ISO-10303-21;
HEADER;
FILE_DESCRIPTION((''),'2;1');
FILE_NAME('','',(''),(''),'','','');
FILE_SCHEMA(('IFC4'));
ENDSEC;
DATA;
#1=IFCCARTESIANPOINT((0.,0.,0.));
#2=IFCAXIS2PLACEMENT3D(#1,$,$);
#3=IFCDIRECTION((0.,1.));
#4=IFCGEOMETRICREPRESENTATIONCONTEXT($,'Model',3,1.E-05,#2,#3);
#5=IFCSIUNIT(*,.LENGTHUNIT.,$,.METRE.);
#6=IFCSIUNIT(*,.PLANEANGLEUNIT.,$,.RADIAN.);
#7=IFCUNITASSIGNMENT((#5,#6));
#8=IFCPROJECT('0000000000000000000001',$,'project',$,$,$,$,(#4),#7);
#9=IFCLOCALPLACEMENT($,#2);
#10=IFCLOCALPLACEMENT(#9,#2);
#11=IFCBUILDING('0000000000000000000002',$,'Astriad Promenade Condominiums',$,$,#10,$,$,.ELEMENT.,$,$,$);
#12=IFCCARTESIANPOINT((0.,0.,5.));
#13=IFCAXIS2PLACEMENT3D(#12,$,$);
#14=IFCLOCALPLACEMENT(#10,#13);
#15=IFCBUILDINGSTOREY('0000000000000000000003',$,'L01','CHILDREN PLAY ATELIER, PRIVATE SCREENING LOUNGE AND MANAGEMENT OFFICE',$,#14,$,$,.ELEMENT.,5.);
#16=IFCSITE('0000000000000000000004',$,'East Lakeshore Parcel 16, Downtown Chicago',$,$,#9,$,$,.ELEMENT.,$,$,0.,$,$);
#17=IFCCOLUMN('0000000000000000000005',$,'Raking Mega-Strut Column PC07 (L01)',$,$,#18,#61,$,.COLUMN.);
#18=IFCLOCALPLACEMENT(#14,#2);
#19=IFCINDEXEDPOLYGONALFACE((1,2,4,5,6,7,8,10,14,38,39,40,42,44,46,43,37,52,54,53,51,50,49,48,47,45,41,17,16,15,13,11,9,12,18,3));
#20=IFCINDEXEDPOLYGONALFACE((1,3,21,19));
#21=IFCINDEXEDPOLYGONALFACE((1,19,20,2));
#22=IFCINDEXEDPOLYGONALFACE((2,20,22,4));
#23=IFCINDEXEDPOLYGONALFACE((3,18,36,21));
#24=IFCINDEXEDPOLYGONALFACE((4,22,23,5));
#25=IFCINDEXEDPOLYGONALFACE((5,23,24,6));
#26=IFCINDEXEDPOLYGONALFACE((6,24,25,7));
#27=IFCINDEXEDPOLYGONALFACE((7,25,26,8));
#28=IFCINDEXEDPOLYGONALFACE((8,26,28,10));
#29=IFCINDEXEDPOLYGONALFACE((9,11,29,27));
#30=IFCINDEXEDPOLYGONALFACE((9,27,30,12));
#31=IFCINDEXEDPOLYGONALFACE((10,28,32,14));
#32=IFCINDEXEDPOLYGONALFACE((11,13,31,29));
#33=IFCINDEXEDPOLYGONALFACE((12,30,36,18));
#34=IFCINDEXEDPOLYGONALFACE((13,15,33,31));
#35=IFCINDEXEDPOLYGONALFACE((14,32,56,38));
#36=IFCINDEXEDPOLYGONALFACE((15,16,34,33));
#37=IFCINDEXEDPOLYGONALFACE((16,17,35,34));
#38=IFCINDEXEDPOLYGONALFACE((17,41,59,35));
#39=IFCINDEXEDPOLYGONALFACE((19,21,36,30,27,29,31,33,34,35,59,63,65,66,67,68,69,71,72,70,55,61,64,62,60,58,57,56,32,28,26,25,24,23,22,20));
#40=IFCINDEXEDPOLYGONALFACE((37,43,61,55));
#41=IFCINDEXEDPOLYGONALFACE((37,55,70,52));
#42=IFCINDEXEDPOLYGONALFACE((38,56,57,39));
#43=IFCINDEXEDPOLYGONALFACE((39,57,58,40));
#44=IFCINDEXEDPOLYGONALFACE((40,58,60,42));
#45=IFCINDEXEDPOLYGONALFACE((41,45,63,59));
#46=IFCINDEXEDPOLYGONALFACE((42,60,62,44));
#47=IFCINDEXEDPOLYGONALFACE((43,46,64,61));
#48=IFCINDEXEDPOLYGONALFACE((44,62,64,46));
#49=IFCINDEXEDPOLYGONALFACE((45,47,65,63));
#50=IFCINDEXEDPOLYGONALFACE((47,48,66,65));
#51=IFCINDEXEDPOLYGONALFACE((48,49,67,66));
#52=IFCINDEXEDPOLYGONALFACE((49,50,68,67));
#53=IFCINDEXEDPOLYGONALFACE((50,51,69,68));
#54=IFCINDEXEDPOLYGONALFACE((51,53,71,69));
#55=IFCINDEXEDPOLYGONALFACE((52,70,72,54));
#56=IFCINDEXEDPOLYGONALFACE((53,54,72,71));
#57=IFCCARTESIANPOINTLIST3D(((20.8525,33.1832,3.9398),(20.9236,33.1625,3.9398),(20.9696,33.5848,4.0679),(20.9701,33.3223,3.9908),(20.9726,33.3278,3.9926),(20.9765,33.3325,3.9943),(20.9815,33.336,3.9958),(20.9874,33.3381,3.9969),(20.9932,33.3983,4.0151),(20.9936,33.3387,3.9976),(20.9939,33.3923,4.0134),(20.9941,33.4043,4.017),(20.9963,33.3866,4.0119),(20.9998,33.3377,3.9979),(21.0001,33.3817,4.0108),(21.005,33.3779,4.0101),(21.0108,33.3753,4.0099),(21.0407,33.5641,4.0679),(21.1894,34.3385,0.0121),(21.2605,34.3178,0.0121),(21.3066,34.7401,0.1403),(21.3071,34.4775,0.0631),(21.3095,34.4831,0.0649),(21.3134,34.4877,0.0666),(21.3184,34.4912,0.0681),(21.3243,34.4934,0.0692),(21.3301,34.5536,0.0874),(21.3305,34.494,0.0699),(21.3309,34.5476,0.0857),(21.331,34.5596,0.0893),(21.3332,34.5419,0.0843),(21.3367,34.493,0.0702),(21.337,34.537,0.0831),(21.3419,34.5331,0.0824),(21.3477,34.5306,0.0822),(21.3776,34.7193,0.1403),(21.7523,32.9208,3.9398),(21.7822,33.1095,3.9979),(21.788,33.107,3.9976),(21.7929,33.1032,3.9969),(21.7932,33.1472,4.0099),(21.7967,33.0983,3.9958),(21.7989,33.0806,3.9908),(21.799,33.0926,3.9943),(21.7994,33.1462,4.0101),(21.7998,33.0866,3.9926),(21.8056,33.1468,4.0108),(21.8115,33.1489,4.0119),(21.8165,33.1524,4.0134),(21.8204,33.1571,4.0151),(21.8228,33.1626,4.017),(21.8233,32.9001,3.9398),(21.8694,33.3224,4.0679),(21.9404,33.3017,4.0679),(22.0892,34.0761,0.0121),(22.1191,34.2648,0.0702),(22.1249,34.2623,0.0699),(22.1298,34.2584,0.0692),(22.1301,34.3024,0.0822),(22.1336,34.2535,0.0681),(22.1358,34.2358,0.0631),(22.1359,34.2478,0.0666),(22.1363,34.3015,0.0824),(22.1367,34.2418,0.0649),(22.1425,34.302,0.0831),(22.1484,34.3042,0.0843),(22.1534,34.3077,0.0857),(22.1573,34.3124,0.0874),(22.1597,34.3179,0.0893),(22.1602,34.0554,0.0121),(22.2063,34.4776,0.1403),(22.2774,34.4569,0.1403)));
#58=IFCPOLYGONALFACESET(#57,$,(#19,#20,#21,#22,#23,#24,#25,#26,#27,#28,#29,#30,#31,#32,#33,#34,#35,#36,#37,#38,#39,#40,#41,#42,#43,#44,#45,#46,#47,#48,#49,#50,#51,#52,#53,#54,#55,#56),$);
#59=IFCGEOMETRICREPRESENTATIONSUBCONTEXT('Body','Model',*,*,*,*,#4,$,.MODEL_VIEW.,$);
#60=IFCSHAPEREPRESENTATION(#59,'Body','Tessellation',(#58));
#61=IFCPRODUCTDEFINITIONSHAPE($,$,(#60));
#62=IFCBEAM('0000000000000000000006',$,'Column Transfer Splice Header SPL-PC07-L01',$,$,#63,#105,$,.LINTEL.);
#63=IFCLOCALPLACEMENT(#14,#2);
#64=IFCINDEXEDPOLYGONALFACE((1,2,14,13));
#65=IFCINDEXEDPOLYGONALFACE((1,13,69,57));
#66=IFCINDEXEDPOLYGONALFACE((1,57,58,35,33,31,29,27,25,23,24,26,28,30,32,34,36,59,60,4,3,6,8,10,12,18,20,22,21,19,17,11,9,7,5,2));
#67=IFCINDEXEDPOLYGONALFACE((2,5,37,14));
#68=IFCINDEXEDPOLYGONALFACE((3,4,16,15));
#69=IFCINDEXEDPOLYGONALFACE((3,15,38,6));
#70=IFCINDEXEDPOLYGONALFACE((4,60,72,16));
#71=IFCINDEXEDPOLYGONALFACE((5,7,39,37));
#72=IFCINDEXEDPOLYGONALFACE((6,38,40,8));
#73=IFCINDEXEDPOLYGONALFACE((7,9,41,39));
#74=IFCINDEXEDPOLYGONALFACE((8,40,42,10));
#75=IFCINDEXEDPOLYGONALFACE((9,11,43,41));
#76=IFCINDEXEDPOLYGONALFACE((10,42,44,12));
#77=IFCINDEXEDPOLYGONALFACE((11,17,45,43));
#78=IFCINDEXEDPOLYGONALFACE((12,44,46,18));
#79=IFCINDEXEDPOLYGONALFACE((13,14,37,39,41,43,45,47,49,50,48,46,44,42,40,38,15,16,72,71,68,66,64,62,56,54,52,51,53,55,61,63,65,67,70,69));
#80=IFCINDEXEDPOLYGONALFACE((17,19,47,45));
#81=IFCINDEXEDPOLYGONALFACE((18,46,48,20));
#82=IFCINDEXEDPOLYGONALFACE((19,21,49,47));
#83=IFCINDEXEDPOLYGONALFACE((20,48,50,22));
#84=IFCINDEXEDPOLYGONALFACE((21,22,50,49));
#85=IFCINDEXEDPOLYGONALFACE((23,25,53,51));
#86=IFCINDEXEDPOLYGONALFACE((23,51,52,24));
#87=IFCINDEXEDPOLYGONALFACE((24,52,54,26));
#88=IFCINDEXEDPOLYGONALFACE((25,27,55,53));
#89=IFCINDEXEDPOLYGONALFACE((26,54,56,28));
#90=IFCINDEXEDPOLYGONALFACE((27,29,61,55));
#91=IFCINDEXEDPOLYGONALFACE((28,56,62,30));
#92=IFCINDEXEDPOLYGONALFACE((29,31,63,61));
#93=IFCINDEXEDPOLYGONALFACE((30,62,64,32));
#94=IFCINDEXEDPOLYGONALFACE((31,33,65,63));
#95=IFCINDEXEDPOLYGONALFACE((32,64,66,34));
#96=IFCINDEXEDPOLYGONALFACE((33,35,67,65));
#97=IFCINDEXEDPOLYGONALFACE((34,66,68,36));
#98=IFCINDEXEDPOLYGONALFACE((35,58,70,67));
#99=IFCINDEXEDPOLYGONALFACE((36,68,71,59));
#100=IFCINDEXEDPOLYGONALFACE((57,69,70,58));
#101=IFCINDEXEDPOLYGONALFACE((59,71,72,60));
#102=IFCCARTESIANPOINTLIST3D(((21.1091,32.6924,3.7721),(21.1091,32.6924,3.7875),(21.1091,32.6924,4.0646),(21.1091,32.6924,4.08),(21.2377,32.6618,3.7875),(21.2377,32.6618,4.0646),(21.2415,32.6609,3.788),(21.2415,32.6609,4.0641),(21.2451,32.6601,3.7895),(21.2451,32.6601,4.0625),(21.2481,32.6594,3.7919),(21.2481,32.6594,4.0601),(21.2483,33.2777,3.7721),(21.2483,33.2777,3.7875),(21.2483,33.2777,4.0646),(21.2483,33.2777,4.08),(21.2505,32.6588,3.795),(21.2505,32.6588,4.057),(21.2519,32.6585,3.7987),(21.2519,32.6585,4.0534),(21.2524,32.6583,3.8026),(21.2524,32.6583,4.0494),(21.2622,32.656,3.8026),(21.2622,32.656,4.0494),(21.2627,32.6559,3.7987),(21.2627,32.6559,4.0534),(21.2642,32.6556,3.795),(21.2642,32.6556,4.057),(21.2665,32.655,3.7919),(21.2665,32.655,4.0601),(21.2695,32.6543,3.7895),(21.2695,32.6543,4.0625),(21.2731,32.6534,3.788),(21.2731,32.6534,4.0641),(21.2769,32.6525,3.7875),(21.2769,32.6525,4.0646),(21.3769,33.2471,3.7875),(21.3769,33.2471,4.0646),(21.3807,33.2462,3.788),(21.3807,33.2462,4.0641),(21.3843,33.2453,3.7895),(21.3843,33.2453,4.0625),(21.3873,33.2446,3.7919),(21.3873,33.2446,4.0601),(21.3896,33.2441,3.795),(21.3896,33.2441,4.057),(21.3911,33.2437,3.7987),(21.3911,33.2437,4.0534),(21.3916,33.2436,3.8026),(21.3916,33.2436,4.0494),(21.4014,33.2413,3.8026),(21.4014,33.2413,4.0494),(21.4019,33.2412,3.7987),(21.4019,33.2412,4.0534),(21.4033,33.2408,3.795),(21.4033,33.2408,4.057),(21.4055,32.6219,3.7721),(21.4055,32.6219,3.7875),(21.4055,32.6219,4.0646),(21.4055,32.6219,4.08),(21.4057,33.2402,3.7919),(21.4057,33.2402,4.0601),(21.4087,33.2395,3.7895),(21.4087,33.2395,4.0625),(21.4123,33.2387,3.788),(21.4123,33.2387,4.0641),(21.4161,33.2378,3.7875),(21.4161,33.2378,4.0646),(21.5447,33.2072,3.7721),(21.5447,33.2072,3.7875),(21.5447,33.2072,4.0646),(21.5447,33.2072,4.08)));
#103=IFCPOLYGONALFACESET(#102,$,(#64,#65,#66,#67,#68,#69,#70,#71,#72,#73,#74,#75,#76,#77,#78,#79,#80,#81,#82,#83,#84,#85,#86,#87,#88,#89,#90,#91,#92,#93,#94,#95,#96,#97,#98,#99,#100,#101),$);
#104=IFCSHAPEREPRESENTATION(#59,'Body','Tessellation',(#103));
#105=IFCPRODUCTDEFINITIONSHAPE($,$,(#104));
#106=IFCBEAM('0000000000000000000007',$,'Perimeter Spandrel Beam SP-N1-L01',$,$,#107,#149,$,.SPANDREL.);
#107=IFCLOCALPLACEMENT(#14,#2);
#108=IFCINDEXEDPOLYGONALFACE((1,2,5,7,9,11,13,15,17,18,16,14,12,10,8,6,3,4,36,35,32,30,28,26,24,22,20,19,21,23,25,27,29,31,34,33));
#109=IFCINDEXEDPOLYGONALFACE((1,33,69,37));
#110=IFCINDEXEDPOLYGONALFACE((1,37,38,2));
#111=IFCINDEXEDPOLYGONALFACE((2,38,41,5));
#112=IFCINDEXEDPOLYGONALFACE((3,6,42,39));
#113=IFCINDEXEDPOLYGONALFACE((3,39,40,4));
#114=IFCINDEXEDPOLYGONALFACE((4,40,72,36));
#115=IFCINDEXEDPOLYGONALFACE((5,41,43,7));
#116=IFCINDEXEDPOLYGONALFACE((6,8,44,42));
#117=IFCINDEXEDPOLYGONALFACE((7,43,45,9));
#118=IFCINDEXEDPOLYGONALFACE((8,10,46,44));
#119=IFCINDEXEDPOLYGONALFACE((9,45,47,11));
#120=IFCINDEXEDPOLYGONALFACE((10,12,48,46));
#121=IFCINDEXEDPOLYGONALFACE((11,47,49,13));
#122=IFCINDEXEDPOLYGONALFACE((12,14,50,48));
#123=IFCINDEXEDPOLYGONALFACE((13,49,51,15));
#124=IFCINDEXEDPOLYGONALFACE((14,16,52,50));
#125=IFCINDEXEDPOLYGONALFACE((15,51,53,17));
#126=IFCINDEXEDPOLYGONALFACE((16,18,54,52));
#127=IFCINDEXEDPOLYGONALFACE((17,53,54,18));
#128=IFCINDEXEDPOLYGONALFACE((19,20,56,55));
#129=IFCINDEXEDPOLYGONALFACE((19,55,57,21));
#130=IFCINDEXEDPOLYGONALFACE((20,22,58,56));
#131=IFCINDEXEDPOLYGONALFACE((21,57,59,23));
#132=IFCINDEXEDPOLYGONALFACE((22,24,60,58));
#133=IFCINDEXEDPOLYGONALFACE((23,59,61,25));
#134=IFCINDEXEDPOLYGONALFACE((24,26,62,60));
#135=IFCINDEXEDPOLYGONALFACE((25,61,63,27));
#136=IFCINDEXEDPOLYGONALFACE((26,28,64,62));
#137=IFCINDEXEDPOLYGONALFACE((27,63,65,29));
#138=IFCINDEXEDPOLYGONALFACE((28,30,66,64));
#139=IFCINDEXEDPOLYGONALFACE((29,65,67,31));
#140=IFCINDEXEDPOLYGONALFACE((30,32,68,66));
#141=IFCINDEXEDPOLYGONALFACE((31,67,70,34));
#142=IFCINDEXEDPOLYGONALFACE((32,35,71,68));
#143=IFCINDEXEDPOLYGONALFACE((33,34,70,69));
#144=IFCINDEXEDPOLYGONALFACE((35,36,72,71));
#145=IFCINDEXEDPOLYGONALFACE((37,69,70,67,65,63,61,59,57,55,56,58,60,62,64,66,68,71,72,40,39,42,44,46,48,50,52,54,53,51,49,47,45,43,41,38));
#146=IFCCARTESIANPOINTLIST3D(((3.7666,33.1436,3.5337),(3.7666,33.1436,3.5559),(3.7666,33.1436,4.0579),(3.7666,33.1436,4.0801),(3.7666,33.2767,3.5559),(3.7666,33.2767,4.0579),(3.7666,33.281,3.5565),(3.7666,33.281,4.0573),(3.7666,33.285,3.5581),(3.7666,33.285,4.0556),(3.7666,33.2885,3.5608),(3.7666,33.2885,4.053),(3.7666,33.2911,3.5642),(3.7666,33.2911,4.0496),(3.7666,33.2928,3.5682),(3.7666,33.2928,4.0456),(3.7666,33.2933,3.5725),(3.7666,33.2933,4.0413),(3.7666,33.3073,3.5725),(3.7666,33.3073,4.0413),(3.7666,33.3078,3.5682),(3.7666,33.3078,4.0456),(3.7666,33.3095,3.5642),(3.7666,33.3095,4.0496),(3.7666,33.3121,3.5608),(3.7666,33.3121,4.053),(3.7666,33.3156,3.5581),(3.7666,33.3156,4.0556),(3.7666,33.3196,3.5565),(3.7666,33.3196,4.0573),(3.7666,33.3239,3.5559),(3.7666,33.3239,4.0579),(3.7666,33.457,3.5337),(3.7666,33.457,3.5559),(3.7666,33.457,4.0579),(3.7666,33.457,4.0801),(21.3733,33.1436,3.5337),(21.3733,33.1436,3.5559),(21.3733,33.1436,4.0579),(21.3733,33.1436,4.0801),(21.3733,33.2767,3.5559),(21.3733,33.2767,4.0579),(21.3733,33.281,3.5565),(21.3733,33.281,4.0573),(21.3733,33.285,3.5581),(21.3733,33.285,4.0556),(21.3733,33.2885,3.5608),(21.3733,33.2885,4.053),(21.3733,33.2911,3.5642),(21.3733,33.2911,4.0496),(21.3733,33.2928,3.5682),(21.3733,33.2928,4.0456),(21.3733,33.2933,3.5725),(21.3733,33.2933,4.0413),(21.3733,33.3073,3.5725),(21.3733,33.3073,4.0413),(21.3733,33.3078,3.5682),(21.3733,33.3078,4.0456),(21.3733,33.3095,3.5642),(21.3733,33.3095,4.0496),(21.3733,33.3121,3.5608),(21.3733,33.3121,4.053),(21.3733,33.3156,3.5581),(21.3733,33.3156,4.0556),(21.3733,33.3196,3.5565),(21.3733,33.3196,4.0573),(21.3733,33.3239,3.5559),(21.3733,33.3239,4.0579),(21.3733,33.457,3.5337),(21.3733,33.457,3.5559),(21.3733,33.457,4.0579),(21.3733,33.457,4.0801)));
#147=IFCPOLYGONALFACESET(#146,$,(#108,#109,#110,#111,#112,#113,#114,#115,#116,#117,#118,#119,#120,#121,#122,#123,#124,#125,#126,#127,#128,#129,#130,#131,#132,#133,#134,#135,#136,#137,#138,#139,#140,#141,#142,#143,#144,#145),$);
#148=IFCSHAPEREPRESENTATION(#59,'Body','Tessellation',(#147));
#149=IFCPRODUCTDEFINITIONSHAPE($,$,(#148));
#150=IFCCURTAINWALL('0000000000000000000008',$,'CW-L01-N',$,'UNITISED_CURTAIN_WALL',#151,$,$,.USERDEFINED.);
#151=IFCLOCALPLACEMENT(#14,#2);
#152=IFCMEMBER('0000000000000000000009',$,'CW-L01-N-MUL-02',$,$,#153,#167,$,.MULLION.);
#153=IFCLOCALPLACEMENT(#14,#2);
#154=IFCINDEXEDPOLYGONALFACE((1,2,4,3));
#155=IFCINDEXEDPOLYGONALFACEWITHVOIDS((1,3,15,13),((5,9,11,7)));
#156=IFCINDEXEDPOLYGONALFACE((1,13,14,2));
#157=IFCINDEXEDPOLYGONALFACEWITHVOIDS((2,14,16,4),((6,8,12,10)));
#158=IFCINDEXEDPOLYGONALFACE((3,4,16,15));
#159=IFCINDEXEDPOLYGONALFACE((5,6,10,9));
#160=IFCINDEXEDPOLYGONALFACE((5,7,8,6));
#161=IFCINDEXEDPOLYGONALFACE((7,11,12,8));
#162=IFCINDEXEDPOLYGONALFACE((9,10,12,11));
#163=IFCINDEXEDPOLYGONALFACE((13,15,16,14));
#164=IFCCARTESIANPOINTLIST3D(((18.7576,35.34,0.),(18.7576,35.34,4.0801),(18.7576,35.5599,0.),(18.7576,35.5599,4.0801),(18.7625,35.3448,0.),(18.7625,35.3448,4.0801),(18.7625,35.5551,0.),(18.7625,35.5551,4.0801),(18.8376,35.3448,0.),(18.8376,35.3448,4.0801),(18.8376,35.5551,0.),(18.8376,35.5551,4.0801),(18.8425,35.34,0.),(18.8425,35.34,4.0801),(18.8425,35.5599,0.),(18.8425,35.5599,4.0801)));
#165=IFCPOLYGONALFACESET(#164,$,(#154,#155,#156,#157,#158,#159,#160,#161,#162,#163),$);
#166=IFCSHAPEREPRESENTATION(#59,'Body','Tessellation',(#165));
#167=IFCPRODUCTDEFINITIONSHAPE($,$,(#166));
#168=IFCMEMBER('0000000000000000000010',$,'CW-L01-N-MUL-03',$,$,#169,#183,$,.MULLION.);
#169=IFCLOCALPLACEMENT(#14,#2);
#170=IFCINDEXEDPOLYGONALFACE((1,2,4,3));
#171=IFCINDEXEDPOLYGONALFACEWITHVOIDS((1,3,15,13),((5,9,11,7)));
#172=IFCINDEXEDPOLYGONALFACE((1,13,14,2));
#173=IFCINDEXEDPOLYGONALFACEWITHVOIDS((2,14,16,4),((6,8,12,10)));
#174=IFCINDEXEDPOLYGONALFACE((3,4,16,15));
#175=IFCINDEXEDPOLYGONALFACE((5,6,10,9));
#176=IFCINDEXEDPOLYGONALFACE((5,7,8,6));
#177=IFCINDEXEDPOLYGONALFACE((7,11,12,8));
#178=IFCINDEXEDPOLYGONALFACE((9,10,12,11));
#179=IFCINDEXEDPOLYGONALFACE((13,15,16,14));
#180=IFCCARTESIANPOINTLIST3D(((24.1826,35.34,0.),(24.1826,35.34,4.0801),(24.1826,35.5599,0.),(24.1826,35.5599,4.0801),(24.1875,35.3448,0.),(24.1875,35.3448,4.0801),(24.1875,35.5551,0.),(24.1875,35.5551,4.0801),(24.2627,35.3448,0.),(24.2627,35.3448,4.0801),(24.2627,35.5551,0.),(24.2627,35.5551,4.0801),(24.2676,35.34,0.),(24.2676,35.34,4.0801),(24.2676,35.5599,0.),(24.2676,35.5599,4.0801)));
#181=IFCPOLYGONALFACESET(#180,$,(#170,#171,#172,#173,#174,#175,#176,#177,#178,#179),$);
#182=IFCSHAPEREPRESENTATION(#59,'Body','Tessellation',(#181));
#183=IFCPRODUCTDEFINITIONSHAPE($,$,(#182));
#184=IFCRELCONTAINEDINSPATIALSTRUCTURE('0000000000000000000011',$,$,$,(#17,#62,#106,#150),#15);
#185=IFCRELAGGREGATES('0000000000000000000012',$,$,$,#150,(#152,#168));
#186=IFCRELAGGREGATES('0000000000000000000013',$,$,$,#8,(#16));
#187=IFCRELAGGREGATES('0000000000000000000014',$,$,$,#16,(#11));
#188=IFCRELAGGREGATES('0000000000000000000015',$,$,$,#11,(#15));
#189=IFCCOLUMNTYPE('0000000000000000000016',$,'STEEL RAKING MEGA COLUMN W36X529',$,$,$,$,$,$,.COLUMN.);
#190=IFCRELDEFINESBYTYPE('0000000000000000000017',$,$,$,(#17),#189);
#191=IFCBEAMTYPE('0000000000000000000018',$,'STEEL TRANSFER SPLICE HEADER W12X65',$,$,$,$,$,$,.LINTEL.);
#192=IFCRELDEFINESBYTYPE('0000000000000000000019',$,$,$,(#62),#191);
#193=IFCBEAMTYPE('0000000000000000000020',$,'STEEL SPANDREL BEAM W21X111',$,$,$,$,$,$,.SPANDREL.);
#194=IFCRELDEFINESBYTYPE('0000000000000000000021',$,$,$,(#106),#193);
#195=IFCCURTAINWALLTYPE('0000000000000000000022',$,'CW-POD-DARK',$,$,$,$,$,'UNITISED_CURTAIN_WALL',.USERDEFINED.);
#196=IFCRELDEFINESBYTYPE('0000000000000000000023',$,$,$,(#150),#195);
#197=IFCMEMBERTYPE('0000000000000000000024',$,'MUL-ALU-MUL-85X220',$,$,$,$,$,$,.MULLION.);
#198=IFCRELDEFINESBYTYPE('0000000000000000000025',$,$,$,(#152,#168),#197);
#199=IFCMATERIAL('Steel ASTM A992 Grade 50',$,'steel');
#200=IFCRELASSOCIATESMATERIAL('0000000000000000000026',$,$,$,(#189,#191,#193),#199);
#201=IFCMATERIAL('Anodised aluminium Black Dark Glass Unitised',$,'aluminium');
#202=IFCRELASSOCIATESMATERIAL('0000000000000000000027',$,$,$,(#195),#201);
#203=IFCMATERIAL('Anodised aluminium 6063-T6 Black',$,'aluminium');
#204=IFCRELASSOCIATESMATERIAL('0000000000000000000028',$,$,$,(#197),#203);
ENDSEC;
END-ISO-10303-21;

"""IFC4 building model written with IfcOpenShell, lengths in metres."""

from ifc_helpers import new_model, si_unit, direction, frame, origin, origin_2d, place, context, subcontext, project, spatial, hollow_rectangle, i_section, extrude, source, transform, mapped, material, material_profile, profile_set, type_object, type_shapes, element, aggregate, save


model = new_model("IFC4")

# Units and contexts
model_context = context("Model", 3, precision=1e-05, world=origin(), true_north=direction((0.0, 1.0)))
body_context = subcontext(model_context, "Body", "Model", "MODEL_VIEW")
ifc_project = project(units=[si_unit("LENGTHUNIT", "METRE"), si_unit("PLANEANGLEUNIT", "RADIAN")], contexts=[model_context])

# Site, building, storey
site_placement = place(None, origin())
site = spatial("IfcSite", under=ifc_project, at=site_placement, Name="East Lakeshore Parcel 16, Downtown Chicago", CompositionType="ELEMENT", RefElevation=0.0)
building_placement = place(site_placement, origin())
building = spatial("IfcBuilding", under=site, at=building_placement, Name="Astriad Promenade Condominiums", CompositionType="ELEMENT")
storey_placement = place(building_placement, frame((0.0, 0.0, 5.0)))
storey = spatial("IfcBuildingStorey", under=building, at=storey_placement, Name="L01", Description="CHILDREN PLAY ATELIER, PRIVATE SCREENING LOUNGE AND MANAGEMENT OFFICE", CompositionType="ELEMENT", Elevation=5.0)

# Column
ifc_material_1 = material(Name="Steel ASTM A992 Grade 50", Category="steel")
ifc_material_profile_1 = material_profile(ifc_material_1, i_section(OverallWidth=0.4375, OverallDepth=1.0112, WebThickness=0.041, FlangeThickness=0.074, FilletRadius=0.0242, at=origin_2d()), Name="W36X529")
ifc_profile_set_1 = profile_set([ifc_material_profile_1], Name="Steel ASTM A992 Grade 50")
column_type = type_object("IfcColumnType", Name="STEEL RAKING MEGA COLUMN W36X529", PredefinedType="COLUMN", material=ifc_profile_set_1)
shared_shape_1 = source(origin(), body_context, "Body", "SweptSolid", [
    extrude(i_section(OverallWidth=0.4375, OverallDepth=1.0112, WebThickness=0.041, FlangeThickness=0.074, FilletRadius=0.0242, at=origin_2d()), origin(), (0.0, 0.0, 1.0), 4.1079),
])
type_shapes(column_type, [shared_shape_1])
column_placement = place(storey_placement, frame((21.7334, 34.3977, 0.0762), z_axis=(-0.082015, -0.281229, 0.95613), x_axis=(0.267687, 0.917893, 0.292944)))
element("IfcColumn", 1, at=column_placement, inside=storey, type_object=column_type, Name="Raking Mega-Strut Column PC07 (L01)", PredefinedType="COLUMN", context=body_context, shape_type="MappedRepresentation", body=[
    mapped(shared_shape_1, transform((0.0, 0.0, 0.0), scale=1.0)),
])

# Beams
ifc_material_profile_2 = material_profile(ifc_material_1, i_section(OverallWidth=0.3047, OverallDepth=0.3079, WebThickness=0.01, FlangeThickness=0.0154, FilletRadius=0.0151, at=origin_2d()), Name="W12X65")
ifc_profile_set_2 = profile_set([ifc_material_profile_2], Name="Steel ASTM A992 Grade 50")
beam_type_1 = type_object("IfcBeamType", Name="STEEL TRANSFER SPLICE HEADER W12X65", PredefinedType="LINTEL", material=ifc_profile_set_2)
shared_shape_2 = source(origin(), body_context, "Body", "SweptSolid", [
    extrude(i_section(OverallWidth=0.3047, OverallDepth=0.3079, WebThickness=0.01, FlangeThickness=0.0154, FilletRadius=0.0151, at=origin_2d()), origin(), (0.0, 0.0, 1.0), 0.6016),
])
type_shapes(beam_type_1, [shared_shape_2])
beam_1_placement = place(storey_placement, frame((21.3965, 33.2424, 3.926), z_axis=(-0.231346, -0.972871, 0.0), x_axis=(0.972871, -0.231346, 0.0)))
element("IfcBeam", 2, at=beam_1_placement, inside=storey, type_object=beam_type_1, Name="Column Transfer Splice Header SPL-PC07-L01", PredefinedType="LINTEL", context=body_context, shape_type="MappedRepresentation", body=[
    mapped(shared_shape_2, transform((0.0, 0.0, 0.0), scale=1.0)),
])
ifc_material_profile_3 = material_profile(ifc_material_1, i_section(OverallWidth=0.3135, OverallDepth=0.5464, WebThickness=0.0139, FlangeThickness=0.0222, FilletRadius=0.0166, at=origin_2d()), Name="W21X111")
ifc_profile_set_3 = profile_set([ifc_material_profile_3], Name="Steel ASTM A992 Grade 50")
beam_type_2 = type_object("IfcBeamType", Name="STEEL SPANDREL BEAM W21X111", PredefinedType="SPANDREL", material=ifc_profile_set_3)
shared_shape_3 = source(origin(), body_context, "Body", "SweptSolid", [
    extrude(i_section(OverallWidth=0.3135, OverallDepth=0.5464, WebThickness=0.0139, FlangeThickness=0.0222, FilletRadius=0.0166, at=origin_2d()), origin(), (0.0, 0.0, 1.0), 17.6067),
])
type_shapes(beam_type_2, [shared_shape_3])
beam_2_placement = place(storey_placement, frame((21.3733, 33.3003, 3.8069), z_axis=(-1.0, 0.0, 0.0), x_axis=(0.0, -1.0, 0.0)))
element("IfcBeam", 3, at=beam_2_placement, inside=storey, type_object=beam_type_2, Name="Perimeter Spandrel Beam SP-N1-L01", PredefinedType="SPANDREL", context=body_context, shape_type="MappedRepresentation", body=[
    mapped(shared_shape_3, transform((0.0, 0.0, 0.0), scale=1.0)),
])

# Curtain wall, members
ifc_material_2 = material(Name="Anodised aluminium Black Dark Glass Unitised", Category="aluminium")
curtain_wall_type = type_object("IfcCurtainWallType", Name="CW-POD-DARK", ElementType="UNITISED_CURTAIN_WALL", PredefinedType="USERDEFINED", material=ifc_material_2)
curtain_wall_placement = place(storey_placement, origin())
curtain_wall = element("IfcCurtainWall", 4, at=curtain_wall_placement, inside=storey, type_object=curtain_wall_type, Name="CW-L01-N", ObjectType="UNITISED_CURTAIN_WALL", PredefinedType="USERDEFINED")
ifc_material_3 = material(Name="Anodised aluminium 6063-T6 Black", Category="aluminium")
ifc_material_profile_4 = material_profile(ifc_material_3, hollow_rectangle(XDim=0.085, YDim=0.22, WallThickness=0.0049, at=origin_2d()), Name="ALU-MUL-85X220")
ifc_profile_set_4 = profile_set([ifc_material_profile_4], Name="Anodised aluminium 6063-T6 Black")
member_type_1 = type_object("IfcMemberType", Name="MUL-ALU-MUL-85X220", PredefinedType="MULLION", material=ifc_profile_set_4)
shared_shape_4 = source(origin(), body_context, "Body", "SweptSolid", [
    extrude(hollow_rectangle(XDim=0.085, YDim=0.22, WallThickness=0.0049, at=origin_2d()), origin(), (0.0, 0.0, 1.0), 4.0801),
])
type_shapes(member_type_1, [shared_shape_4])
member_1_placement = place(storey_placement, frame((18.8, 35.45, 0.0), z_axis=(0.0, 0.0, 1.0), x_axis=(1.0, 0.0, 0.0)))
member_1 = element("IfcMember", 5, at=member_1_placement, type_object=member_type_1, Name="CW-L01-N-MUL-02", PredefinedType="MULLION", context=body_context, shape_type="MappedRepresentation", body=[
    mapped(shared_shape_4, transform((0.0, 0.0, 0.0), scale=1.0)),
])
member_2_placement = place(storey_placement, frame((24.2251, 35.45, 0.0), z_axis=(0.0, 0.0, 1.0), x_axis=(1.0, 0.0, 0.0)))
member_2 = element("IfcMember", 6, at=member_2_placement, type_object=member_type_1, Name="CW-L01-N-MUL-03", PredefinedType="MULLION", context=body_context, shape_type="MappedRepresentation", body=[
    mapped(shared_shape_4, transform((0.0, 0.0, 0.0), scale=1.0)),
])

aggregate(curtain_wall, [member_1, member_2])

save(model, "model.ifc")
